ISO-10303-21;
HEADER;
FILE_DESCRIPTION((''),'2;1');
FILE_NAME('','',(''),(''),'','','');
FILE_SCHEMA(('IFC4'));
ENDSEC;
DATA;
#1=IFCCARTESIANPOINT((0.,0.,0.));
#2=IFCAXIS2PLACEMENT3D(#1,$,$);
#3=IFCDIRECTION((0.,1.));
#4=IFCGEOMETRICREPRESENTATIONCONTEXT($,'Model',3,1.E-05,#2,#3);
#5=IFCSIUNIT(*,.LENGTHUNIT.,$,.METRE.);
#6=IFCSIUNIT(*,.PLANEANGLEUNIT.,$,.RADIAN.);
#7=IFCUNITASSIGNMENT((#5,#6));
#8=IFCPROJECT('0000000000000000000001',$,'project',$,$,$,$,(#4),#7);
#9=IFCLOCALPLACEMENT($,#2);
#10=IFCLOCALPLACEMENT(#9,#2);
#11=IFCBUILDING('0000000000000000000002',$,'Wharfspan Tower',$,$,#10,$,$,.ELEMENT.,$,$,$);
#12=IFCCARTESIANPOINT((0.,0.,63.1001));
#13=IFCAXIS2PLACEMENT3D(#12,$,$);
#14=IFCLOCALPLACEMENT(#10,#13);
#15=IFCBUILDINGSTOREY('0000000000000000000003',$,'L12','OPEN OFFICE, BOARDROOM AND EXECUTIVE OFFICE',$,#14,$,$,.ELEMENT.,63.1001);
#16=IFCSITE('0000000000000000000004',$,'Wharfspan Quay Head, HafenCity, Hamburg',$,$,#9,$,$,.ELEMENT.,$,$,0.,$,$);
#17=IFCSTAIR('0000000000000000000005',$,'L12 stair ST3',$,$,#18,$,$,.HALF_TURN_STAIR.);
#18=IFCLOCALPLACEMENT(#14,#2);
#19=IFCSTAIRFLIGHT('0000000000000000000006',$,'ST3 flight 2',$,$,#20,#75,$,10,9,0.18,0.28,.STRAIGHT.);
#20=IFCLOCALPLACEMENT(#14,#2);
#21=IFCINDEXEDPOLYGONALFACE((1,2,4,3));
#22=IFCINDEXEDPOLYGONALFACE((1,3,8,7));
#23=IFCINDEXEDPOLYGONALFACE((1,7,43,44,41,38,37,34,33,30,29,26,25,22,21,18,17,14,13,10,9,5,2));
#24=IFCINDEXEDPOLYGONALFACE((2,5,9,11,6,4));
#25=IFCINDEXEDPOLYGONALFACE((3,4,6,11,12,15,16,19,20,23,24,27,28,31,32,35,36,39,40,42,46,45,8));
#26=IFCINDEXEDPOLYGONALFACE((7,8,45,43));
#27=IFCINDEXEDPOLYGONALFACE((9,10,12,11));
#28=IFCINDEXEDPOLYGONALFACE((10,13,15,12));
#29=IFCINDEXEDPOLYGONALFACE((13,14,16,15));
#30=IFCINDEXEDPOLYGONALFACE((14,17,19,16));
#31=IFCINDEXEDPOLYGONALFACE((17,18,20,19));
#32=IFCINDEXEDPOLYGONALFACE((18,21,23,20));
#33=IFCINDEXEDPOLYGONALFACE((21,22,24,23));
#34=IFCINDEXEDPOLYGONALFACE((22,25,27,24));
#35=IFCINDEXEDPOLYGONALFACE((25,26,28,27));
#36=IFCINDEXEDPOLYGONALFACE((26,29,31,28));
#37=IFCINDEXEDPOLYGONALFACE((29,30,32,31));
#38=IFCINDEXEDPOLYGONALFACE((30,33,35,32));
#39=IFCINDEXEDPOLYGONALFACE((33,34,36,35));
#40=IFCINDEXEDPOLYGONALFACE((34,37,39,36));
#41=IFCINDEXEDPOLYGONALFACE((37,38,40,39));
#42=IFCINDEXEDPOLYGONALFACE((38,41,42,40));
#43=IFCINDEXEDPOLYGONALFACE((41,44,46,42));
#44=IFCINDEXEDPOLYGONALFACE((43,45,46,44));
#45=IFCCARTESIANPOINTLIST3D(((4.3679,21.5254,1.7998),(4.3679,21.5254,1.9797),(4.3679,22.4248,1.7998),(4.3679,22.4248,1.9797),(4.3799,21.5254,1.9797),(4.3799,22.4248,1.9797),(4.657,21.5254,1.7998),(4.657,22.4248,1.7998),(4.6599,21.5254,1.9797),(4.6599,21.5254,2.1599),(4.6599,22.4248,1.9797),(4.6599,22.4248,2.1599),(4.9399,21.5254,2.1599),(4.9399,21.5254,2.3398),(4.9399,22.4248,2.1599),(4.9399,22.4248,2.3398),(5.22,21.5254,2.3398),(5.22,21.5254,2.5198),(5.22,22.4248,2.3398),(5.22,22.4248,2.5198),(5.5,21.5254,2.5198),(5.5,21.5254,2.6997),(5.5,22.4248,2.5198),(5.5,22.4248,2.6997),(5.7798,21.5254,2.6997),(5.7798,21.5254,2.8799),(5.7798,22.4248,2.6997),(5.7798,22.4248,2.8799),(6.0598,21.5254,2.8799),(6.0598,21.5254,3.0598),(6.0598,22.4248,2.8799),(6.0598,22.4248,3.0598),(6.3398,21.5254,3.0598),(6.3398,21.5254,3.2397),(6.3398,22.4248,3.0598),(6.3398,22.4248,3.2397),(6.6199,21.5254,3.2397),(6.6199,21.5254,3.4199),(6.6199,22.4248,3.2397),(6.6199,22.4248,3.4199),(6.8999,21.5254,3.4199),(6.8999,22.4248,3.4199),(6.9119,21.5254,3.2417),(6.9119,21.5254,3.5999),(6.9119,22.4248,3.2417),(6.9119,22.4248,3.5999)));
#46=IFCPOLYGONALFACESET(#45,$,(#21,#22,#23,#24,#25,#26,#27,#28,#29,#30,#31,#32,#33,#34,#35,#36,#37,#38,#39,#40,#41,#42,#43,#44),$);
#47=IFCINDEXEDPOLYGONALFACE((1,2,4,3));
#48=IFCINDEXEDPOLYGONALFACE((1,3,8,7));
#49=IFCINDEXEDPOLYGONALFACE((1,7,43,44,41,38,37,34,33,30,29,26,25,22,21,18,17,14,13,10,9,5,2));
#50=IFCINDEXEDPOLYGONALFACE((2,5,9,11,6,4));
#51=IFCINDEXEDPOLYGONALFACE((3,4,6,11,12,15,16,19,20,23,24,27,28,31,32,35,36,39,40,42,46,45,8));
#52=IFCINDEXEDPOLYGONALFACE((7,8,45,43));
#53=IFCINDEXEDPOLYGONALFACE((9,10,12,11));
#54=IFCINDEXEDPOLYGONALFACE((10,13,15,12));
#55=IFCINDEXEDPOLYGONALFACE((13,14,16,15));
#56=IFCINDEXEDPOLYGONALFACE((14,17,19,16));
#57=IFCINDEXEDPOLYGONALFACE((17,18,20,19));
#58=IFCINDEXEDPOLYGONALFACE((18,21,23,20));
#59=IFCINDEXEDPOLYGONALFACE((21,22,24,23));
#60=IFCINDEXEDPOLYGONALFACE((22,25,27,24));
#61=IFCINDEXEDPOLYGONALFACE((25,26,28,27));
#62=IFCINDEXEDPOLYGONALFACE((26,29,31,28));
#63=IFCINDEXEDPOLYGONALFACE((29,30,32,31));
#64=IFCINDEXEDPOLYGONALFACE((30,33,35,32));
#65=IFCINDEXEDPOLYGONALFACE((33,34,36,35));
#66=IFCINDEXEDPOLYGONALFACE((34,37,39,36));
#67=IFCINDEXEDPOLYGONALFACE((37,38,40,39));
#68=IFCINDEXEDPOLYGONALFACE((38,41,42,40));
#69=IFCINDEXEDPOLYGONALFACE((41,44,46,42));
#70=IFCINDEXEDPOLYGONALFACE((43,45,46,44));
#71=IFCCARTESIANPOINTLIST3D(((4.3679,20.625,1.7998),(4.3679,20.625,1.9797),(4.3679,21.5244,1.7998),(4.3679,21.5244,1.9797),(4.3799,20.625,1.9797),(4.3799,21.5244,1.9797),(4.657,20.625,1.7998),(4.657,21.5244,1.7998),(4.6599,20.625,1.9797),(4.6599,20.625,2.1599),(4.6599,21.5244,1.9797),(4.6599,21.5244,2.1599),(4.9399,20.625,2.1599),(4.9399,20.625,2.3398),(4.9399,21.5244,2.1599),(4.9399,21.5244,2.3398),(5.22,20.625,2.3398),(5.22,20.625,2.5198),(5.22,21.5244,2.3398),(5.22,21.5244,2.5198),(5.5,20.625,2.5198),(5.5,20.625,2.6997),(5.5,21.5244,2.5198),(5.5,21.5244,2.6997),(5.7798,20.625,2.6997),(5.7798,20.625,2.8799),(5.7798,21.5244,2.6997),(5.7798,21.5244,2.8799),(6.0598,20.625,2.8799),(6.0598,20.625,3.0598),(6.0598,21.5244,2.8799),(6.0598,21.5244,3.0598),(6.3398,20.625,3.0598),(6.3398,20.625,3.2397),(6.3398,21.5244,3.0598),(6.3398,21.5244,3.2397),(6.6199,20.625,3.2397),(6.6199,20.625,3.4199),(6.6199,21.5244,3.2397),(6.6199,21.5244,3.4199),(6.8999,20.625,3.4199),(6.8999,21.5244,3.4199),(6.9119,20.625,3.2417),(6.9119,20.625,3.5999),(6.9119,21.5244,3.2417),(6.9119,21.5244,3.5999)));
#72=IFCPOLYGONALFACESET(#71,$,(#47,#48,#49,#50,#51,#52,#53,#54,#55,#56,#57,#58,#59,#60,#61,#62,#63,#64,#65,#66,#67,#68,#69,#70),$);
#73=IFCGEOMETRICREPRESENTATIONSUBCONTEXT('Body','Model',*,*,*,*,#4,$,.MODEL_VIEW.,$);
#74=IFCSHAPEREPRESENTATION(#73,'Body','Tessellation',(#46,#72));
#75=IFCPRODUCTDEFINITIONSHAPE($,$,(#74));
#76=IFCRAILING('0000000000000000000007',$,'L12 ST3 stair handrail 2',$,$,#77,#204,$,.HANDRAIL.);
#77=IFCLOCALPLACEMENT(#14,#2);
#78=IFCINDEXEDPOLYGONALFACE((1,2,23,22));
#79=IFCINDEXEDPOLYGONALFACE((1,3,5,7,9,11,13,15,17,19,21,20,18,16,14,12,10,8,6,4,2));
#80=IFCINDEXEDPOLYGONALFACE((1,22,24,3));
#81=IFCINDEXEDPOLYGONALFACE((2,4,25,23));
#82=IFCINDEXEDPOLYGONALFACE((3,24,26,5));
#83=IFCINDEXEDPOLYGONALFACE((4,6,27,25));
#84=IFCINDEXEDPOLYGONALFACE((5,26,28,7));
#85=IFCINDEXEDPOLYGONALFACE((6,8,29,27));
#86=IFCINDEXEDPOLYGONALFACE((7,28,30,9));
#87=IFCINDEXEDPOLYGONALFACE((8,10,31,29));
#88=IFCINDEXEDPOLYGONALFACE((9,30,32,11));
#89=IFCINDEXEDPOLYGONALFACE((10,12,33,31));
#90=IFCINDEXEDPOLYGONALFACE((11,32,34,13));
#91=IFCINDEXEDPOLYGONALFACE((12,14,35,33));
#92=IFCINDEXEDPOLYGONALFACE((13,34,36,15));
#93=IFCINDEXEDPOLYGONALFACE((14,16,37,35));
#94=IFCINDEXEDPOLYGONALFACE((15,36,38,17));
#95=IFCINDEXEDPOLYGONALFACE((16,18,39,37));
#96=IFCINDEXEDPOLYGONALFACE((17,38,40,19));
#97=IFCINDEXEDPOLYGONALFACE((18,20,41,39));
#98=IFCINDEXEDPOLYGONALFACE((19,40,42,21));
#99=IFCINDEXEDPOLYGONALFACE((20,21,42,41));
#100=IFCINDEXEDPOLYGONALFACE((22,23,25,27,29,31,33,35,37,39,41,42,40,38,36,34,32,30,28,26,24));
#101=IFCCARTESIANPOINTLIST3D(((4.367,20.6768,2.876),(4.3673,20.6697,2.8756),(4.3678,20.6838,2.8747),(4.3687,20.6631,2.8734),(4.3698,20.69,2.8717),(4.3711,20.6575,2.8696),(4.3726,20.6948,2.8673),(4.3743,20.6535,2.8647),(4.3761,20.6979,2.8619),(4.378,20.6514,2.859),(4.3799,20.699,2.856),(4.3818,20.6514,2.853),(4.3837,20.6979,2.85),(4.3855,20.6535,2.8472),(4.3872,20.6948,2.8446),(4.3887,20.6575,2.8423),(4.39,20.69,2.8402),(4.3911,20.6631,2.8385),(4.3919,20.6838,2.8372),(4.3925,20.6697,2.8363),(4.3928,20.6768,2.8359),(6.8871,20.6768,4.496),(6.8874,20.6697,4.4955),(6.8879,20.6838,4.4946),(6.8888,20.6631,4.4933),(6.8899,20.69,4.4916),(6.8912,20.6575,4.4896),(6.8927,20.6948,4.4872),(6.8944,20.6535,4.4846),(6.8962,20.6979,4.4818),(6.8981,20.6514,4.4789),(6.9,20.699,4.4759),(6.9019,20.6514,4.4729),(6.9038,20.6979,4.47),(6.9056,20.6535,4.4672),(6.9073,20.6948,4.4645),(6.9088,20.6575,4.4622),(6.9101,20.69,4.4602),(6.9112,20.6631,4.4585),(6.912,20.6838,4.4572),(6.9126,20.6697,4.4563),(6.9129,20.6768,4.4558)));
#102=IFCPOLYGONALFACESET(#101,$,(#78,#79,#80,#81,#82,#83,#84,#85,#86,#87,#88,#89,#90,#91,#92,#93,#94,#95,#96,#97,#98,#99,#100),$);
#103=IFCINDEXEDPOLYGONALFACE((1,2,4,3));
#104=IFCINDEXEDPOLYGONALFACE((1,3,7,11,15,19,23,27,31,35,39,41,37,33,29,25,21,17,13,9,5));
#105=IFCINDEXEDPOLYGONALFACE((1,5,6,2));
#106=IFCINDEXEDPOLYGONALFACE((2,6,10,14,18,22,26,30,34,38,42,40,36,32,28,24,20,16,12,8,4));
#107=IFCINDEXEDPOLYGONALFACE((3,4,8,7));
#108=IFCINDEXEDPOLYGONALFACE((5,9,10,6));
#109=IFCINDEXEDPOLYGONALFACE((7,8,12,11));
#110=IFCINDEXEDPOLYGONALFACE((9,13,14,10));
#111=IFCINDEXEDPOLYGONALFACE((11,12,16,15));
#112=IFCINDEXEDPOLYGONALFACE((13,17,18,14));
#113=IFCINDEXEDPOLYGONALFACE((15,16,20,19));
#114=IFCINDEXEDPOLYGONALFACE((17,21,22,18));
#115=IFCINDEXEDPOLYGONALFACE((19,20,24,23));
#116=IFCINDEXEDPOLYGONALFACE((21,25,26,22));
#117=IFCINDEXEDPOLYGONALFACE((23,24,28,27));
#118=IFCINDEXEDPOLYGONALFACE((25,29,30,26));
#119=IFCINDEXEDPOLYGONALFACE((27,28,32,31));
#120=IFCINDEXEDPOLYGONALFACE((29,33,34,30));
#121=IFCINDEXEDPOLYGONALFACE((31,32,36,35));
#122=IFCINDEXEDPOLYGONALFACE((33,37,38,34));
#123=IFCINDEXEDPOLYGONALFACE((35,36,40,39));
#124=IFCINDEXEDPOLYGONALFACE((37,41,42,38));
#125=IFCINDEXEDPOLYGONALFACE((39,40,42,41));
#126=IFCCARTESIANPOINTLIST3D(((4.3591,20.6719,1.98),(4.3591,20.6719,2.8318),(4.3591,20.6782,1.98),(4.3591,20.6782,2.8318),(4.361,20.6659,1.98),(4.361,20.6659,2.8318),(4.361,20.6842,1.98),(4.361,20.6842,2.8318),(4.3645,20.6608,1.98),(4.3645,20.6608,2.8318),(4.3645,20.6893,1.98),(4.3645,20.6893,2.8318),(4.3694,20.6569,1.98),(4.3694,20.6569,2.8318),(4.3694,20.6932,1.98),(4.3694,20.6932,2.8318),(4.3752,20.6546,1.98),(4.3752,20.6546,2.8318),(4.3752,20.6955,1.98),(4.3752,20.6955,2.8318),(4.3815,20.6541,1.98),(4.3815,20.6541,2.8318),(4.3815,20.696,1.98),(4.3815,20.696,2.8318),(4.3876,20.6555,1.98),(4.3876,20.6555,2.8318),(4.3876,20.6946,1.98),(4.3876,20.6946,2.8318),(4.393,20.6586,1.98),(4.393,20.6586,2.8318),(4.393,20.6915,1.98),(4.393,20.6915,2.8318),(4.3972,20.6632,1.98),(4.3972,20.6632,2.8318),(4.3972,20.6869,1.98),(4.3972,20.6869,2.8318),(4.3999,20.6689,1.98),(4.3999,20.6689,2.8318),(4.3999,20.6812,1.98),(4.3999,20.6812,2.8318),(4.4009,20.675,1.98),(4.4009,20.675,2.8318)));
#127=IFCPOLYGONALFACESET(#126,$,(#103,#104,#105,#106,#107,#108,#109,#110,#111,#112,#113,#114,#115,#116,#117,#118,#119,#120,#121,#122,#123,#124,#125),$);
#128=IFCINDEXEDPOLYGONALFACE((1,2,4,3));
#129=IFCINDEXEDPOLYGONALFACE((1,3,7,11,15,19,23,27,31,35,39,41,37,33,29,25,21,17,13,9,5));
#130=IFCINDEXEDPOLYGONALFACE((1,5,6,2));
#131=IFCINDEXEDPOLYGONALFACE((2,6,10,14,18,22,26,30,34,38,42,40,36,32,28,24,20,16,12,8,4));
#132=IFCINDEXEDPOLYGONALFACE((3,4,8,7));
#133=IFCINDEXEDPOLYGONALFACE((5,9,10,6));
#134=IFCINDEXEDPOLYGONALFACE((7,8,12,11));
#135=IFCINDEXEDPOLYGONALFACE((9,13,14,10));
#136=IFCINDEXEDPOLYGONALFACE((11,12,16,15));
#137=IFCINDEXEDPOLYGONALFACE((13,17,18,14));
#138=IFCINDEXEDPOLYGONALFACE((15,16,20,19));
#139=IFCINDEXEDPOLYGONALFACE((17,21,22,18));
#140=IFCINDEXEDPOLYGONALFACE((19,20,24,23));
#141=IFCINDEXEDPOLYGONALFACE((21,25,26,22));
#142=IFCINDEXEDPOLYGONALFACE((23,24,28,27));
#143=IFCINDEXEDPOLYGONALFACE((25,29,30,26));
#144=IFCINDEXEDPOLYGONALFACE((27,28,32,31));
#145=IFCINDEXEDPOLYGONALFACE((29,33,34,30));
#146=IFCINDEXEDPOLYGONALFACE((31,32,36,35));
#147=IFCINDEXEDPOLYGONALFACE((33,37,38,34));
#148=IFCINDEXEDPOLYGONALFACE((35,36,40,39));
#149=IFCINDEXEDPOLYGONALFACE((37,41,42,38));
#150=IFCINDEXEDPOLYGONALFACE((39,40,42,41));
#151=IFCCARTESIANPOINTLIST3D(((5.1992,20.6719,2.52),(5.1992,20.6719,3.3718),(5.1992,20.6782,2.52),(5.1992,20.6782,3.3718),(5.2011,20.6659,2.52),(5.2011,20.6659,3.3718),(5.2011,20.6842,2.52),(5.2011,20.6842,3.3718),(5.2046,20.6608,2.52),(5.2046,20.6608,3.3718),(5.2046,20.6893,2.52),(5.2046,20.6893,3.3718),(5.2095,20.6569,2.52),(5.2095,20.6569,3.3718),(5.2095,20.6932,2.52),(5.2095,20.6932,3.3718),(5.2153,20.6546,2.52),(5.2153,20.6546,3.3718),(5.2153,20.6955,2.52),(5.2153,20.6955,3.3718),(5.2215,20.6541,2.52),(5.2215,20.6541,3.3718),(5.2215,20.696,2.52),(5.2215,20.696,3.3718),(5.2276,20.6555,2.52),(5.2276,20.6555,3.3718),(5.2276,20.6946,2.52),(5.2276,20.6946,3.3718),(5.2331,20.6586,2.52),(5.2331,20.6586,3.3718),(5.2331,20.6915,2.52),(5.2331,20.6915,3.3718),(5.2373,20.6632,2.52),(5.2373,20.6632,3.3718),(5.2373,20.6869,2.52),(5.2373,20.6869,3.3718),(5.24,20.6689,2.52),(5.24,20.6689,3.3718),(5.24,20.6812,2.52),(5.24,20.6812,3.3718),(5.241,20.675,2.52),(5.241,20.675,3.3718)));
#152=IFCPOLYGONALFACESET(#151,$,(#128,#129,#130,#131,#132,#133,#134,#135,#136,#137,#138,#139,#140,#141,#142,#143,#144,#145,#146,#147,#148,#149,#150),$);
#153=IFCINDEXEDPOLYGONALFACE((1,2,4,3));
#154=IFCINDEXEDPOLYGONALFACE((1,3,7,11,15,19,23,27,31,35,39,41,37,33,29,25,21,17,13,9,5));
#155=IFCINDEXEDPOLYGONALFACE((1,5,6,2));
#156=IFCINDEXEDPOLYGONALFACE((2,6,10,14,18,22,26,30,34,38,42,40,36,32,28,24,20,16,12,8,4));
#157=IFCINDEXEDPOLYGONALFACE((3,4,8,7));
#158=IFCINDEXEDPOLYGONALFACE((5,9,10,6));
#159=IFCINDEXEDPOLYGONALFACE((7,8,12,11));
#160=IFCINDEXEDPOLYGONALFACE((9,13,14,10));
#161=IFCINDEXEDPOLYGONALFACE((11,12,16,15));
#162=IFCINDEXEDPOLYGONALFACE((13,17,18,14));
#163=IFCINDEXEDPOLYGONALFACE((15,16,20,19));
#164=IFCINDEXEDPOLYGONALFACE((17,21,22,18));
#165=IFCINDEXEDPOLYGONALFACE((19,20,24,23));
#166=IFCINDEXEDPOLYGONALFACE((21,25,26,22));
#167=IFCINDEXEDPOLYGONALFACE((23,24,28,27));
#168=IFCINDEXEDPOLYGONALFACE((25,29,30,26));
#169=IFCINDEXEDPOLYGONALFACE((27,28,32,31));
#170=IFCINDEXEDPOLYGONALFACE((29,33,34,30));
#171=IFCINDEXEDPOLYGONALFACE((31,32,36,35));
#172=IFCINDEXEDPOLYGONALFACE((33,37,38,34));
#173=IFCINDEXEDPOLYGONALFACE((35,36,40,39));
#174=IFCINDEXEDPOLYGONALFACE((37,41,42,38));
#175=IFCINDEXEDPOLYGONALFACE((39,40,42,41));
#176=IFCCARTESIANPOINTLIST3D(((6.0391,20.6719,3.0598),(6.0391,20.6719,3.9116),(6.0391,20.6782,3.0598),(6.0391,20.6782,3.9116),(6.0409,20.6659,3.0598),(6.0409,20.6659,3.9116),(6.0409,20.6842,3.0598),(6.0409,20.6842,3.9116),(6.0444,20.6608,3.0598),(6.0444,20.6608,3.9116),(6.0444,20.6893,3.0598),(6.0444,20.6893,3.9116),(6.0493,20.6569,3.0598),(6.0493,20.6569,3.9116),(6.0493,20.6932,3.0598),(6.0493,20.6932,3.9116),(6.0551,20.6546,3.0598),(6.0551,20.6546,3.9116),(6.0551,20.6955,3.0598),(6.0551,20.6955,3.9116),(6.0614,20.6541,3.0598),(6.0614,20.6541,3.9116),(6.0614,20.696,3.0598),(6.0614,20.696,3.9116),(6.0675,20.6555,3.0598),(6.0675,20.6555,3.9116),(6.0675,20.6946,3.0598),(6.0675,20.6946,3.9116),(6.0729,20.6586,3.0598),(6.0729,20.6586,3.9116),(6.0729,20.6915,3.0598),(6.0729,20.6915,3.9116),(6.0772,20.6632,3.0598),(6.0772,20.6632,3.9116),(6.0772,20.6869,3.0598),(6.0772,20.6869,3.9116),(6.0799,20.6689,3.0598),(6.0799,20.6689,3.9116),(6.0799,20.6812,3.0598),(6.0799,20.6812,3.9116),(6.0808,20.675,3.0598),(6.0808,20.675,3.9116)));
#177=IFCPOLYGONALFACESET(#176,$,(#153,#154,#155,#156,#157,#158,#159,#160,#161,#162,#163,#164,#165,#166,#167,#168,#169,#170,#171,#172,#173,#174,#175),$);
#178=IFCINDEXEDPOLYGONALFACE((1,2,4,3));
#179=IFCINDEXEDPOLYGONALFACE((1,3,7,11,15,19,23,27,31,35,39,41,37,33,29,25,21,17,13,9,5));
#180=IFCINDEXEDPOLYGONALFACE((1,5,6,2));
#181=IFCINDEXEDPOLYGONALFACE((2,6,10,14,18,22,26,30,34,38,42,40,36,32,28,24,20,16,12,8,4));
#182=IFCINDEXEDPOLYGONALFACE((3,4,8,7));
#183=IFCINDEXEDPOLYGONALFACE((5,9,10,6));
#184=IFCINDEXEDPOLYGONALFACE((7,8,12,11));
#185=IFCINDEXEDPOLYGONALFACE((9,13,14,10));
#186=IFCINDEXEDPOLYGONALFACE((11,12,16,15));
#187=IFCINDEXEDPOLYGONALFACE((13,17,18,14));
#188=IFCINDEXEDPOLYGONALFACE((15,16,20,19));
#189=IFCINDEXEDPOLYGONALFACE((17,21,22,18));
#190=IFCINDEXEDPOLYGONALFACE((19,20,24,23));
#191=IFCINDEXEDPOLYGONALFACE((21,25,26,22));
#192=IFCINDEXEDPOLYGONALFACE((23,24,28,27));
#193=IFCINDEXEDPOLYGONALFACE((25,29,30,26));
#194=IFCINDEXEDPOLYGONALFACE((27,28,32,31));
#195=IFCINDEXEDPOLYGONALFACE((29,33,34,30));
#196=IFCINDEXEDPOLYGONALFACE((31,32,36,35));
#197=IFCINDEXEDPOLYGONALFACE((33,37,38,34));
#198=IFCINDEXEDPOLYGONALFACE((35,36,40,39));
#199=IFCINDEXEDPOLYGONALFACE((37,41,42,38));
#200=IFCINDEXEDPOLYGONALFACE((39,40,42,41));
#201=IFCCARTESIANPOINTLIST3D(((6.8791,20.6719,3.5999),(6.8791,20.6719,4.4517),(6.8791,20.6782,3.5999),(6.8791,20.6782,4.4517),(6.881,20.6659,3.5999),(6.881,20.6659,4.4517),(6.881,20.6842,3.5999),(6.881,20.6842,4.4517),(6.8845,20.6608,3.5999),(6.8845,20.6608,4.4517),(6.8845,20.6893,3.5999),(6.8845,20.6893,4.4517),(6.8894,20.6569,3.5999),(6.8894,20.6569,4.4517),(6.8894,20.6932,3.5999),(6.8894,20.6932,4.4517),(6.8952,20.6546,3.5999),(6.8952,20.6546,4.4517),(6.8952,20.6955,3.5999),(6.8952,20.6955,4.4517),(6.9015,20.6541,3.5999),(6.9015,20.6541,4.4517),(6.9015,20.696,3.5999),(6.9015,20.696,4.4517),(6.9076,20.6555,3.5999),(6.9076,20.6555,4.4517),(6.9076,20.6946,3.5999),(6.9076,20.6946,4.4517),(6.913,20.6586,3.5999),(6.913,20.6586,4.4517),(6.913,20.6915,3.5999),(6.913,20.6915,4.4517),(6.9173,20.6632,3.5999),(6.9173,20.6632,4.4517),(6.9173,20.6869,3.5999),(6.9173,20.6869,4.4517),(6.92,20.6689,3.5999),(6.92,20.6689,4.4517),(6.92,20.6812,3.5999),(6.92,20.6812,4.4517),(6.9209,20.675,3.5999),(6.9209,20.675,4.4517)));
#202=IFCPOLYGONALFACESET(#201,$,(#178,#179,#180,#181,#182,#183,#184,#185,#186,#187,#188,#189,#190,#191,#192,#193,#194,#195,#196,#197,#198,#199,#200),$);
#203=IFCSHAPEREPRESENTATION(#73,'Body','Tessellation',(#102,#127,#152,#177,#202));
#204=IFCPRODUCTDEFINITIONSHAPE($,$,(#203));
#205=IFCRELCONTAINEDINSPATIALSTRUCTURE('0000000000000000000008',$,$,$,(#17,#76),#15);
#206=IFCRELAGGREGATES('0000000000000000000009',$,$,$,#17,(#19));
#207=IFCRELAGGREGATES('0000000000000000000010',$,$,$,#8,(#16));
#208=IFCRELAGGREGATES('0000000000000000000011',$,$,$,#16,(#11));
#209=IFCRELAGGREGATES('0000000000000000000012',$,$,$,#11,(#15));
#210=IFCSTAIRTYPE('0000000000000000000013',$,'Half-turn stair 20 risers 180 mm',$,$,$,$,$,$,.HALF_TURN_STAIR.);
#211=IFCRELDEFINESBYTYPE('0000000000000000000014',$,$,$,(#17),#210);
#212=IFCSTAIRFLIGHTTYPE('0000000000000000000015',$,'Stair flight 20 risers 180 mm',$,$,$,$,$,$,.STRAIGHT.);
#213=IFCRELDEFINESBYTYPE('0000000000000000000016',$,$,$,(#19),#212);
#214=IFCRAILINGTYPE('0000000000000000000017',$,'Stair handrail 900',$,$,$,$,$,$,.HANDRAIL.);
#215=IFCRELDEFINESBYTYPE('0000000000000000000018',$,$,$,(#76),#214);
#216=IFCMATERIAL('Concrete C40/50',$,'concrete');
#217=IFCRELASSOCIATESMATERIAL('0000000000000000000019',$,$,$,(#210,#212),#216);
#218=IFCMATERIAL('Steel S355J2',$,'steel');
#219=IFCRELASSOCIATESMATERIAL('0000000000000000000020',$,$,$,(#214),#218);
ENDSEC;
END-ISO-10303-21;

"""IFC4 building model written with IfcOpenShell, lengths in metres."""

from ifc_helpers import new_model, si_unit, direction, frame, origin, origin_2d, place, context, subcontext, project, spatial, polyline, circle, outline, extrude, material, type_object, element, aggregate, save


model = new_model("IFC4")

# Units and contexts
model_context = context("Model", 3, precision=1e-05, world=origin(), true_north=direction((0.0, 1.0)))
body_context = subcontext(model_context, "Body", "Model", "MODEL_VIEW")
ifc_project = project(units=[si_unit("LENGTHUNIT", "METRE"), si_unit("PLANEANGLEUNIT", "RADIAN")], contexts=[model_context])

# Site, building, storey
site_placement = place(None, origin())
site = spatial("IfcSite", under=ifc_project, at=site_placement, Name="Wharfspan Quay Head, HafenCity, Hamburg", CompositionType="ELEMENT", RefElevation=0.0)
building_placement = place(site_placement, origin())
building = spatial("IfcBuilding", under=site, at=building_placement, Name="Wharfspan Tower", CompositionType="ELEMENT")
storey_placement = place(building_placement, frame((0.0, 0.0, 63.1001)))
storey = spatial("IfcBuildingStorey", under=building, at=storey_placement, Name="L12", Description="OPEN OFFICE, BOARDROOM AND EXECUTIVE OFFICE", CompositionType="ELEMENT", Elevation=63.1001)

# Shared definitions
ifc_material_1 = material(Name="Steel S355J2", Category="steel")

# Shared definitions
ifc_material_2 = material(Name="Concrete C40/50", Category="concrete")

# Stair, stair flight
stair_type = type_object("IfcStairType", Name="Half-turn stair 20 risers 180 mm", PredefinedType="HALF_TURN_STAIR", material=ifc_material_2)
stair_placement = place(storey_placement, origin())
stair = element("IfcStair", 1, at=stair_placement, inside=storey, type_object=stair_type, Name="L12 stair ST3", PredefinedType="HALF_TURN_STAIR")
stair_flight_type = type_object("IfcStairFlightType", Name="Stair flight 20 risers 180 mm", PredefinedType="STRAIGHT", material=ifc_material_2)
stair_flight_1_placement = place(storey_placement, frame((4.3799, 21.5249, 1.7998), z_axis=(0.0, 0.0, 1.0), x_axis=(1.0, 0.0, 0.0)))
stair_flight_1 = element("IfcStairFlight", 2, at=stair_flight_1_placement, type_object=stair_flight_type, Name="ST3 flight 2", NumberOfRisers=10, NumberOfTreads=9, PredefinedType="STRAIGHT", RiserHeight=0.18, TreadLength=0.28, context=body_context, shape_type="SweptSolid", body=[
    extrude(outline(polyline([(-0.012, 0.0), (-0.012, 0.1799), (0.0, 0.1799), (0.28, 0.1799), (0.28, 0.3601), (0.5601, 0.3601), (0.5601, 0.54), (0.8401, 0.54), (0.8401, 0.72), (1.1201, 0.72), (1.1201, 0.8999), (1.3999, 0.8999), (1.3999, 1.0801), (1.6799, 1.0801), (1.6799, 1.26), (1.96, 1.26), (1.96, 1.4399), (2.24, 1.4399), (2.24, 1.6201), (2.52, 1.6201), (2.532, 1.8), (2.532, 1.4419), (0.2771, 0.0), (-0.012, 0.0)])), frame((0.0, 0.8999, 0.0), z_axis=(0.0, -1.0, 0.0), x_axis=(1.0, 0.0, 0.0)), (0.0, 0.0, 1.0), 0.8994),
    extrude(outline(polyline([(-0.012, 0.0), (-0.012, 0.1799), (0.0, 0.1799), (0.28, 0.1799), (0.28, 0.3601), (0.5601, 0.3601), (0.5601, 0.54), (0.8401, 0.54), (0.8401, 0.72), (1.1201, 0.72), (1.1201, 0.8999), (1.3999, 0.8999), (1.3999, 1.0801), (1.6799, 1.0801), (1.6799, 1.26), (1.96, 1.26), (1.96, 1.4399), (2.24, 1.4399), (2.24, 1.6201), (2.52, 1.6201), (2.532, 1.8), (2.532, 1.4419), (0.2771, 0.0), (-0.012, 0.0)])), frame((0.0, -0.0005, 0.0), z_axis=(0.0, -1.0, 0.0), x_axis=(1.0, 0.0, 0.0)), (0.0, 0.0, 1.0), 0.8994),
])
aggregate(stair, [stair_flight_1])

# Railing
railing_type_1 = type_object("IfcRailingType", Name="Stair handrail 900", PredefinedType="HANDRAIL", material=ifc_material_1)
railing_1_placement = place(storey_placement, frame((4.3799, 20.675, 1.98)))
element("IfcRailing", 3, at=railing_1_placement, inside=storey, type_object=railing_type_1, Name="L12 ST3 stair handrail 2", PredefinedType="HANDRAIL", context=body_context, shape_type="SweptSolid", body=[
    extrude(circle(Radius=0.0239, at=origin_2d()), frame((0.0, 0.0, 0.876), z_axis=(0.8412, 0.0, 0.540725), x_axis=(0.0, 1.0, 0.0)), (0.0, 0.0, 1.0), 2.9958),
    extrude(circle(Radius=0.021, at=origin_2d()), origin(), (0.0, 0.0, 1.0), 0.8518),
    extrude(circle(Radius=0.021, at=origin_2d()), frame((0.8401, 0.0, 0.54)), (0.0, 0.0, 1.0), 0.8518),
    extrude(circle(Radius=0.021, at=origin_2d()), frame((1.6799, 0.0, 1.0798)), (0.0, 0.0, 1.0), 0.8518),
    extrude(circle(Radius=0.021, at=origin_2d()), frame((2.52, 0.0, 1.6199)), (0.0, 0.0, 1.0), 0.8518),
])

save(model, "model.ifc")
